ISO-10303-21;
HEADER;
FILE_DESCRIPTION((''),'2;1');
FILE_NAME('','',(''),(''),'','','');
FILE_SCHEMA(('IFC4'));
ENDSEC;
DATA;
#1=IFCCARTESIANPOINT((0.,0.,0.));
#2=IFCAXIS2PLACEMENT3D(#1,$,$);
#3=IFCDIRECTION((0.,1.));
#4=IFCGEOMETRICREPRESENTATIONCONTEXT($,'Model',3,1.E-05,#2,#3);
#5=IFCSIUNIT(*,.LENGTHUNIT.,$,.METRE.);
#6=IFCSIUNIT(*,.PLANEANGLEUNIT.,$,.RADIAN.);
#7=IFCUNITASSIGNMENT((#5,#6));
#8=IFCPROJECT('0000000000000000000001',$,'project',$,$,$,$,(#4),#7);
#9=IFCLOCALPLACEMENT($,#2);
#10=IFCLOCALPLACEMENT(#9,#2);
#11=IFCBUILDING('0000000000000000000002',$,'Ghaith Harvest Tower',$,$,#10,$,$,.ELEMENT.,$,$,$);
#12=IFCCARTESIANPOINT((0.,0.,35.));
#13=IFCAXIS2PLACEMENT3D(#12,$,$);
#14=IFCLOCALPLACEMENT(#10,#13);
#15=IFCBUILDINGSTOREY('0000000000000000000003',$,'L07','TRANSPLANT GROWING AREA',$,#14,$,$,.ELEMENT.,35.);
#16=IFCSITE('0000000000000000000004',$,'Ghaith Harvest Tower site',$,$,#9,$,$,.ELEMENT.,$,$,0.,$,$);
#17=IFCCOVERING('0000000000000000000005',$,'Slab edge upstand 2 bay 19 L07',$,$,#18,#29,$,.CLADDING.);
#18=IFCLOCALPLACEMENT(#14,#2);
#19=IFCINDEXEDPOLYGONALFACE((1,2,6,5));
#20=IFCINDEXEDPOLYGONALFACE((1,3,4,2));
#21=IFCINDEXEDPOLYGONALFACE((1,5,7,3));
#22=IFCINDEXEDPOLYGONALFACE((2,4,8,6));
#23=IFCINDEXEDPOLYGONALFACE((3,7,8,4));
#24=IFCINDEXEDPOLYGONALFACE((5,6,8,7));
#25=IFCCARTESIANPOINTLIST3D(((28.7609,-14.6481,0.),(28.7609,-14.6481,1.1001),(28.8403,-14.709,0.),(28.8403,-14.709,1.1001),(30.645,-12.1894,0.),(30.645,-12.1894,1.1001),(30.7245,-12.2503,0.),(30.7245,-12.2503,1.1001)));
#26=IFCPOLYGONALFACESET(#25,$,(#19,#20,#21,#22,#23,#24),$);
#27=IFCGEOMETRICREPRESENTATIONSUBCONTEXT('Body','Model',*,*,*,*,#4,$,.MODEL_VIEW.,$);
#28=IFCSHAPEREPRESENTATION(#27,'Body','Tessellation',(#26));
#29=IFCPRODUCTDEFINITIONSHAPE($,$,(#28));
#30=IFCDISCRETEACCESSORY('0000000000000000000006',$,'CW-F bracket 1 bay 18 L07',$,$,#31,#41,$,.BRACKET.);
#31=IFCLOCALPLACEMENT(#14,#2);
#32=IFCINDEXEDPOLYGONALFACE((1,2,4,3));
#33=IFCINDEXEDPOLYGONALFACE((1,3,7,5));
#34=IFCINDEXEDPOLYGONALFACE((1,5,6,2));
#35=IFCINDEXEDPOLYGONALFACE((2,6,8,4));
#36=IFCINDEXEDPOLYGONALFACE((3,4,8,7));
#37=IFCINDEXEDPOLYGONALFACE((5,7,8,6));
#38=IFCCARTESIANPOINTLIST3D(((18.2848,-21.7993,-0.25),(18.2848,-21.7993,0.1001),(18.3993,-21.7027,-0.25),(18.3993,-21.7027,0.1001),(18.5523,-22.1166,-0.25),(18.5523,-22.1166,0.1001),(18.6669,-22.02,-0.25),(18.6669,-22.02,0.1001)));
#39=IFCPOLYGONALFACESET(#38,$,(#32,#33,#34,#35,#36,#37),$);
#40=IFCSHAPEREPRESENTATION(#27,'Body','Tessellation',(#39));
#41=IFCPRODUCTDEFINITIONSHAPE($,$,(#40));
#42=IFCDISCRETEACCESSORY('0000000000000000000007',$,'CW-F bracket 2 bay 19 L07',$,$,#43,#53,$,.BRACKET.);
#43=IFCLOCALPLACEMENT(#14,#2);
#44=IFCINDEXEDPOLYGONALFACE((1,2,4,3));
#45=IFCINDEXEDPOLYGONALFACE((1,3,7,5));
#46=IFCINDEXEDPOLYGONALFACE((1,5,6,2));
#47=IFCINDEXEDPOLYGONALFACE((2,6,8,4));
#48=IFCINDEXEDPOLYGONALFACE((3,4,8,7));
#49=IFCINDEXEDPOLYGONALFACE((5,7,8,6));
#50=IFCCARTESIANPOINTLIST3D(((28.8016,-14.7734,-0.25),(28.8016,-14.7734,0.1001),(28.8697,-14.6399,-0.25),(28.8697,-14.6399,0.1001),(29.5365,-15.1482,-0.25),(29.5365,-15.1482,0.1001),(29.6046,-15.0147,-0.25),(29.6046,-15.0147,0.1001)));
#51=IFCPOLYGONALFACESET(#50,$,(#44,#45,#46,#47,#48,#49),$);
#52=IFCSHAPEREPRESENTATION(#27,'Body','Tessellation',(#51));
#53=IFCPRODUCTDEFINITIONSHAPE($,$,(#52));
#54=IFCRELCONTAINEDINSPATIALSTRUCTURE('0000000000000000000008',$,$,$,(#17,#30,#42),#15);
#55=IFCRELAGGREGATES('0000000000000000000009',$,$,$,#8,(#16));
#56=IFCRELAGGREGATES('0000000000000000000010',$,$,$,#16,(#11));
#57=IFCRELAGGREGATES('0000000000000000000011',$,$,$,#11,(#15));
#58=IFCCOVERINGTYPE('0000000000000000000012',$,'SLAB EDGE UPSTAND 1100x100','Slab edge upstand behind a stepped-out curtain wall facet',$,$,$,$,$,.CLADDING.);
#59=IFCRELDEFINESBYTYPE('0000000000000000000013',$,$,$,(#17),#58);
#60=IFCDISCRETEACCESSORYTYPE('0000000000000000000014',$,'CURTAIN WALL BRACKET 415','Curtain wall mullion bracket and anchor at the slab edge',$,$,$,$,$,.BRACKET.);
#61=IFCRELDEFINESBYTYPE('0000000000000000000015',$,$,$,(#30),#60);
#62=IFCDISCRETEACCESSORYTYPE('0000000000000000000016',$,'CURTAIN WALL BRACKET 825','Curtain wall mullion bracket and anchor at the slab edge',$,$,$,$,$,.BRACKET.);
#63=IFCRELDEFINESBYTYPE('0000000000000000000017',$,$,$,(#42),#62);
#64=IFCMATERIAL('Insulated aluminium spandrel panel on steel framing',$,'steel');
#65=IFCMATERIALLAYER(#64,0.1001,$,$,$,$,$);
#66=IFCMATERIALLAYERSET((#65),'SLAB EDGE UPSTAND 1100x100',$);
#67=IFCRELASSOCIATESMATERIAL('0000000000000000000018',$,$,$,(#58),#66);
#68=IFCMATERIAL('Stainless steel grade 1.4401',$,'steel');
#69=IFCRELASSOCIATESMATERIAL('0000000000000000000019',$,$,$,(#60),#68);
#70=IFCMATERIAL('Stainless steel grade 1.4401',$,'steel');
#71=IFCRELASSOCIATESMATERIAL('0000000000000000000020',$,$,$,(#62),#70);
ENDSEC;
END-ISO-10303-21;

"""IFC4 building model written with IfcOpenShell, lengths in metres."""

from ifc_helpers import new_model, si_unit, direction, frame, origin, origin_2d, place, context, subcontext, project, spatial, rectangle, extrude, material, layer, layer_set, type_object, element, save


model = new_model("IFC4")

# Units and contexts
model_context = context("Model", 3, precision=1e-05, world=origin(), true_north=direction((0.0, 1.0)))
body_context = subcontext(model_context, "Body", "Model", "MODEL_VIEW")
ifc_project = project(units=[si_unit("LENGTHUNIT", "METRE"), si_unit("PLANEANGLEUNIT", "RADIAN")], contexts=[model_context])

# Site, building, storey
site_placement = place(None, origin())
site = spatial("IfcSite", under=ifc_project, at=site_placement, Name="Ghaith Harvest Tower site", CompositionType="ELEMENT", RefElevation=0.0)
building_placement = place(site_placement, origin())
building = spatial("IfcBuilding", under=site, at=building_placement, Name="Ghaith Harvest Tower", CompositionType="ELEMENT")
storey_placement = place(building_placement, frame((0.0, 0.0, 35.0)))
storey = spatial("IfcBuildingStorey", under=building, at=storey_placement, Name="L07", Description="TRANSPLANT GROWING AREA", CompositionType="ELEMENT", Elevation=35.0)

# Covering
ifc_material_1 = material(Name="Insulated aluminium spandrel panel on steel framing", Category="steel")
ifc_layer_1 = layer(ifc_material_1, 0.1001)
ifc_layer_set_1 = layer_set([ifc_layer_1], Name="SLAB EDGE UPSTAND 1100x100")
covering_type = type_object("IfcCoveringType", Name="SLAB EDGE UPSTAND 1100x100", Description="Slab edge upstand behind a stepped-out curtain wall facet", PredefinedType="CLADDING", material=ifc_layer_set_1)
covering_1_placement = place(storey_placement, frame((29.7427, -13.4492, 0.0), z_axis=(0.0, 0.0, 1.0), x_axis=(0.608255, 0.793742, 0.0)))
element("IfcCovering", 1, at=covering_1_placement, inside=storey, type_object=covering_type, Name="Slab edge upstand 2 bay 19 L07", PredefinedType="CLADDING", context=body_context, shape_type="SweptSolid", body=[
    extrude(rectangle(XDim=3.0977, YDim=0.1001, at=origin_2d()), origin(), (0.0, 0.0, 1.0), 1.1001),
])

# Discrete accessories
ifc_material_2 = material(Name="Stainless steel grade 1.4401", Category="steel")
discrete_accessory_type_1 = type_object("IfcDiscreteAccessoryType", Name="CURTAIN WALL BRACKET 415", Description="Curtain wall mullion bracket and anchor at the slab edge", PredefinedType="BRACKET", material=ifc_material_2)
discrete_accessory_1_placement = place(storey_placement, frame((18.4758, -21.9097, -0.25), z_axis=(0.0, 0.0, 1.0), x_axis=(0.644657, -0.764472, 0.0)))
element("IfcDiscreteAccessory", 2, at=discrete_accessory_1_placement, inside=storey, type_object=discrete_accessory_type_1, Name="CW-F bracket 1 bay 18 L07", PredefinedType="BRACKET", context=body_context, shape_type="SweptSolid", body=[
    extrude(rectangle(XDim=0.415, YDim=0.1499, at=origin_2d()), origin(), (0.0, 0.0, 1.0), 0.3501),
])
ifc_material_3 = material(Name="Stainless steel grade 1.4401", Category="steel")
discrete_accessory_type_2 = type_object("IfcDiscreteAccessoryType", Name="CURTAIN WALL BRACKET 825", Description="Curtain wall mullion bracket and anchor at the slab edge", PredefinedType="BRACKET", material=ifc_material_3)
discrete_accessory_2_placement = place(storey_placement, frame((29.2031, -14.894, -0.25), z_axis=(0.0, 0.0, 1.0), x_axis=(0.890831, -0.454335, 0.0)))
element("IfcDiscreteAccessory", 3, at=discrete_accessory_2_placement, inside=storey, type_object=discrete_accessory_type_2, Name="CW-F bracket 2 bay 19 L07", PredefinedType="BRACKET", context=body_context, shape_type="SweptSolid", body=[
    extrude(rectangle(XDim=0.825, YDim=0.1499, at=origin_2d()), origin(), (0.0, 0.0, 1.0), 0.3501),
])

save(model, "model.ifc")
